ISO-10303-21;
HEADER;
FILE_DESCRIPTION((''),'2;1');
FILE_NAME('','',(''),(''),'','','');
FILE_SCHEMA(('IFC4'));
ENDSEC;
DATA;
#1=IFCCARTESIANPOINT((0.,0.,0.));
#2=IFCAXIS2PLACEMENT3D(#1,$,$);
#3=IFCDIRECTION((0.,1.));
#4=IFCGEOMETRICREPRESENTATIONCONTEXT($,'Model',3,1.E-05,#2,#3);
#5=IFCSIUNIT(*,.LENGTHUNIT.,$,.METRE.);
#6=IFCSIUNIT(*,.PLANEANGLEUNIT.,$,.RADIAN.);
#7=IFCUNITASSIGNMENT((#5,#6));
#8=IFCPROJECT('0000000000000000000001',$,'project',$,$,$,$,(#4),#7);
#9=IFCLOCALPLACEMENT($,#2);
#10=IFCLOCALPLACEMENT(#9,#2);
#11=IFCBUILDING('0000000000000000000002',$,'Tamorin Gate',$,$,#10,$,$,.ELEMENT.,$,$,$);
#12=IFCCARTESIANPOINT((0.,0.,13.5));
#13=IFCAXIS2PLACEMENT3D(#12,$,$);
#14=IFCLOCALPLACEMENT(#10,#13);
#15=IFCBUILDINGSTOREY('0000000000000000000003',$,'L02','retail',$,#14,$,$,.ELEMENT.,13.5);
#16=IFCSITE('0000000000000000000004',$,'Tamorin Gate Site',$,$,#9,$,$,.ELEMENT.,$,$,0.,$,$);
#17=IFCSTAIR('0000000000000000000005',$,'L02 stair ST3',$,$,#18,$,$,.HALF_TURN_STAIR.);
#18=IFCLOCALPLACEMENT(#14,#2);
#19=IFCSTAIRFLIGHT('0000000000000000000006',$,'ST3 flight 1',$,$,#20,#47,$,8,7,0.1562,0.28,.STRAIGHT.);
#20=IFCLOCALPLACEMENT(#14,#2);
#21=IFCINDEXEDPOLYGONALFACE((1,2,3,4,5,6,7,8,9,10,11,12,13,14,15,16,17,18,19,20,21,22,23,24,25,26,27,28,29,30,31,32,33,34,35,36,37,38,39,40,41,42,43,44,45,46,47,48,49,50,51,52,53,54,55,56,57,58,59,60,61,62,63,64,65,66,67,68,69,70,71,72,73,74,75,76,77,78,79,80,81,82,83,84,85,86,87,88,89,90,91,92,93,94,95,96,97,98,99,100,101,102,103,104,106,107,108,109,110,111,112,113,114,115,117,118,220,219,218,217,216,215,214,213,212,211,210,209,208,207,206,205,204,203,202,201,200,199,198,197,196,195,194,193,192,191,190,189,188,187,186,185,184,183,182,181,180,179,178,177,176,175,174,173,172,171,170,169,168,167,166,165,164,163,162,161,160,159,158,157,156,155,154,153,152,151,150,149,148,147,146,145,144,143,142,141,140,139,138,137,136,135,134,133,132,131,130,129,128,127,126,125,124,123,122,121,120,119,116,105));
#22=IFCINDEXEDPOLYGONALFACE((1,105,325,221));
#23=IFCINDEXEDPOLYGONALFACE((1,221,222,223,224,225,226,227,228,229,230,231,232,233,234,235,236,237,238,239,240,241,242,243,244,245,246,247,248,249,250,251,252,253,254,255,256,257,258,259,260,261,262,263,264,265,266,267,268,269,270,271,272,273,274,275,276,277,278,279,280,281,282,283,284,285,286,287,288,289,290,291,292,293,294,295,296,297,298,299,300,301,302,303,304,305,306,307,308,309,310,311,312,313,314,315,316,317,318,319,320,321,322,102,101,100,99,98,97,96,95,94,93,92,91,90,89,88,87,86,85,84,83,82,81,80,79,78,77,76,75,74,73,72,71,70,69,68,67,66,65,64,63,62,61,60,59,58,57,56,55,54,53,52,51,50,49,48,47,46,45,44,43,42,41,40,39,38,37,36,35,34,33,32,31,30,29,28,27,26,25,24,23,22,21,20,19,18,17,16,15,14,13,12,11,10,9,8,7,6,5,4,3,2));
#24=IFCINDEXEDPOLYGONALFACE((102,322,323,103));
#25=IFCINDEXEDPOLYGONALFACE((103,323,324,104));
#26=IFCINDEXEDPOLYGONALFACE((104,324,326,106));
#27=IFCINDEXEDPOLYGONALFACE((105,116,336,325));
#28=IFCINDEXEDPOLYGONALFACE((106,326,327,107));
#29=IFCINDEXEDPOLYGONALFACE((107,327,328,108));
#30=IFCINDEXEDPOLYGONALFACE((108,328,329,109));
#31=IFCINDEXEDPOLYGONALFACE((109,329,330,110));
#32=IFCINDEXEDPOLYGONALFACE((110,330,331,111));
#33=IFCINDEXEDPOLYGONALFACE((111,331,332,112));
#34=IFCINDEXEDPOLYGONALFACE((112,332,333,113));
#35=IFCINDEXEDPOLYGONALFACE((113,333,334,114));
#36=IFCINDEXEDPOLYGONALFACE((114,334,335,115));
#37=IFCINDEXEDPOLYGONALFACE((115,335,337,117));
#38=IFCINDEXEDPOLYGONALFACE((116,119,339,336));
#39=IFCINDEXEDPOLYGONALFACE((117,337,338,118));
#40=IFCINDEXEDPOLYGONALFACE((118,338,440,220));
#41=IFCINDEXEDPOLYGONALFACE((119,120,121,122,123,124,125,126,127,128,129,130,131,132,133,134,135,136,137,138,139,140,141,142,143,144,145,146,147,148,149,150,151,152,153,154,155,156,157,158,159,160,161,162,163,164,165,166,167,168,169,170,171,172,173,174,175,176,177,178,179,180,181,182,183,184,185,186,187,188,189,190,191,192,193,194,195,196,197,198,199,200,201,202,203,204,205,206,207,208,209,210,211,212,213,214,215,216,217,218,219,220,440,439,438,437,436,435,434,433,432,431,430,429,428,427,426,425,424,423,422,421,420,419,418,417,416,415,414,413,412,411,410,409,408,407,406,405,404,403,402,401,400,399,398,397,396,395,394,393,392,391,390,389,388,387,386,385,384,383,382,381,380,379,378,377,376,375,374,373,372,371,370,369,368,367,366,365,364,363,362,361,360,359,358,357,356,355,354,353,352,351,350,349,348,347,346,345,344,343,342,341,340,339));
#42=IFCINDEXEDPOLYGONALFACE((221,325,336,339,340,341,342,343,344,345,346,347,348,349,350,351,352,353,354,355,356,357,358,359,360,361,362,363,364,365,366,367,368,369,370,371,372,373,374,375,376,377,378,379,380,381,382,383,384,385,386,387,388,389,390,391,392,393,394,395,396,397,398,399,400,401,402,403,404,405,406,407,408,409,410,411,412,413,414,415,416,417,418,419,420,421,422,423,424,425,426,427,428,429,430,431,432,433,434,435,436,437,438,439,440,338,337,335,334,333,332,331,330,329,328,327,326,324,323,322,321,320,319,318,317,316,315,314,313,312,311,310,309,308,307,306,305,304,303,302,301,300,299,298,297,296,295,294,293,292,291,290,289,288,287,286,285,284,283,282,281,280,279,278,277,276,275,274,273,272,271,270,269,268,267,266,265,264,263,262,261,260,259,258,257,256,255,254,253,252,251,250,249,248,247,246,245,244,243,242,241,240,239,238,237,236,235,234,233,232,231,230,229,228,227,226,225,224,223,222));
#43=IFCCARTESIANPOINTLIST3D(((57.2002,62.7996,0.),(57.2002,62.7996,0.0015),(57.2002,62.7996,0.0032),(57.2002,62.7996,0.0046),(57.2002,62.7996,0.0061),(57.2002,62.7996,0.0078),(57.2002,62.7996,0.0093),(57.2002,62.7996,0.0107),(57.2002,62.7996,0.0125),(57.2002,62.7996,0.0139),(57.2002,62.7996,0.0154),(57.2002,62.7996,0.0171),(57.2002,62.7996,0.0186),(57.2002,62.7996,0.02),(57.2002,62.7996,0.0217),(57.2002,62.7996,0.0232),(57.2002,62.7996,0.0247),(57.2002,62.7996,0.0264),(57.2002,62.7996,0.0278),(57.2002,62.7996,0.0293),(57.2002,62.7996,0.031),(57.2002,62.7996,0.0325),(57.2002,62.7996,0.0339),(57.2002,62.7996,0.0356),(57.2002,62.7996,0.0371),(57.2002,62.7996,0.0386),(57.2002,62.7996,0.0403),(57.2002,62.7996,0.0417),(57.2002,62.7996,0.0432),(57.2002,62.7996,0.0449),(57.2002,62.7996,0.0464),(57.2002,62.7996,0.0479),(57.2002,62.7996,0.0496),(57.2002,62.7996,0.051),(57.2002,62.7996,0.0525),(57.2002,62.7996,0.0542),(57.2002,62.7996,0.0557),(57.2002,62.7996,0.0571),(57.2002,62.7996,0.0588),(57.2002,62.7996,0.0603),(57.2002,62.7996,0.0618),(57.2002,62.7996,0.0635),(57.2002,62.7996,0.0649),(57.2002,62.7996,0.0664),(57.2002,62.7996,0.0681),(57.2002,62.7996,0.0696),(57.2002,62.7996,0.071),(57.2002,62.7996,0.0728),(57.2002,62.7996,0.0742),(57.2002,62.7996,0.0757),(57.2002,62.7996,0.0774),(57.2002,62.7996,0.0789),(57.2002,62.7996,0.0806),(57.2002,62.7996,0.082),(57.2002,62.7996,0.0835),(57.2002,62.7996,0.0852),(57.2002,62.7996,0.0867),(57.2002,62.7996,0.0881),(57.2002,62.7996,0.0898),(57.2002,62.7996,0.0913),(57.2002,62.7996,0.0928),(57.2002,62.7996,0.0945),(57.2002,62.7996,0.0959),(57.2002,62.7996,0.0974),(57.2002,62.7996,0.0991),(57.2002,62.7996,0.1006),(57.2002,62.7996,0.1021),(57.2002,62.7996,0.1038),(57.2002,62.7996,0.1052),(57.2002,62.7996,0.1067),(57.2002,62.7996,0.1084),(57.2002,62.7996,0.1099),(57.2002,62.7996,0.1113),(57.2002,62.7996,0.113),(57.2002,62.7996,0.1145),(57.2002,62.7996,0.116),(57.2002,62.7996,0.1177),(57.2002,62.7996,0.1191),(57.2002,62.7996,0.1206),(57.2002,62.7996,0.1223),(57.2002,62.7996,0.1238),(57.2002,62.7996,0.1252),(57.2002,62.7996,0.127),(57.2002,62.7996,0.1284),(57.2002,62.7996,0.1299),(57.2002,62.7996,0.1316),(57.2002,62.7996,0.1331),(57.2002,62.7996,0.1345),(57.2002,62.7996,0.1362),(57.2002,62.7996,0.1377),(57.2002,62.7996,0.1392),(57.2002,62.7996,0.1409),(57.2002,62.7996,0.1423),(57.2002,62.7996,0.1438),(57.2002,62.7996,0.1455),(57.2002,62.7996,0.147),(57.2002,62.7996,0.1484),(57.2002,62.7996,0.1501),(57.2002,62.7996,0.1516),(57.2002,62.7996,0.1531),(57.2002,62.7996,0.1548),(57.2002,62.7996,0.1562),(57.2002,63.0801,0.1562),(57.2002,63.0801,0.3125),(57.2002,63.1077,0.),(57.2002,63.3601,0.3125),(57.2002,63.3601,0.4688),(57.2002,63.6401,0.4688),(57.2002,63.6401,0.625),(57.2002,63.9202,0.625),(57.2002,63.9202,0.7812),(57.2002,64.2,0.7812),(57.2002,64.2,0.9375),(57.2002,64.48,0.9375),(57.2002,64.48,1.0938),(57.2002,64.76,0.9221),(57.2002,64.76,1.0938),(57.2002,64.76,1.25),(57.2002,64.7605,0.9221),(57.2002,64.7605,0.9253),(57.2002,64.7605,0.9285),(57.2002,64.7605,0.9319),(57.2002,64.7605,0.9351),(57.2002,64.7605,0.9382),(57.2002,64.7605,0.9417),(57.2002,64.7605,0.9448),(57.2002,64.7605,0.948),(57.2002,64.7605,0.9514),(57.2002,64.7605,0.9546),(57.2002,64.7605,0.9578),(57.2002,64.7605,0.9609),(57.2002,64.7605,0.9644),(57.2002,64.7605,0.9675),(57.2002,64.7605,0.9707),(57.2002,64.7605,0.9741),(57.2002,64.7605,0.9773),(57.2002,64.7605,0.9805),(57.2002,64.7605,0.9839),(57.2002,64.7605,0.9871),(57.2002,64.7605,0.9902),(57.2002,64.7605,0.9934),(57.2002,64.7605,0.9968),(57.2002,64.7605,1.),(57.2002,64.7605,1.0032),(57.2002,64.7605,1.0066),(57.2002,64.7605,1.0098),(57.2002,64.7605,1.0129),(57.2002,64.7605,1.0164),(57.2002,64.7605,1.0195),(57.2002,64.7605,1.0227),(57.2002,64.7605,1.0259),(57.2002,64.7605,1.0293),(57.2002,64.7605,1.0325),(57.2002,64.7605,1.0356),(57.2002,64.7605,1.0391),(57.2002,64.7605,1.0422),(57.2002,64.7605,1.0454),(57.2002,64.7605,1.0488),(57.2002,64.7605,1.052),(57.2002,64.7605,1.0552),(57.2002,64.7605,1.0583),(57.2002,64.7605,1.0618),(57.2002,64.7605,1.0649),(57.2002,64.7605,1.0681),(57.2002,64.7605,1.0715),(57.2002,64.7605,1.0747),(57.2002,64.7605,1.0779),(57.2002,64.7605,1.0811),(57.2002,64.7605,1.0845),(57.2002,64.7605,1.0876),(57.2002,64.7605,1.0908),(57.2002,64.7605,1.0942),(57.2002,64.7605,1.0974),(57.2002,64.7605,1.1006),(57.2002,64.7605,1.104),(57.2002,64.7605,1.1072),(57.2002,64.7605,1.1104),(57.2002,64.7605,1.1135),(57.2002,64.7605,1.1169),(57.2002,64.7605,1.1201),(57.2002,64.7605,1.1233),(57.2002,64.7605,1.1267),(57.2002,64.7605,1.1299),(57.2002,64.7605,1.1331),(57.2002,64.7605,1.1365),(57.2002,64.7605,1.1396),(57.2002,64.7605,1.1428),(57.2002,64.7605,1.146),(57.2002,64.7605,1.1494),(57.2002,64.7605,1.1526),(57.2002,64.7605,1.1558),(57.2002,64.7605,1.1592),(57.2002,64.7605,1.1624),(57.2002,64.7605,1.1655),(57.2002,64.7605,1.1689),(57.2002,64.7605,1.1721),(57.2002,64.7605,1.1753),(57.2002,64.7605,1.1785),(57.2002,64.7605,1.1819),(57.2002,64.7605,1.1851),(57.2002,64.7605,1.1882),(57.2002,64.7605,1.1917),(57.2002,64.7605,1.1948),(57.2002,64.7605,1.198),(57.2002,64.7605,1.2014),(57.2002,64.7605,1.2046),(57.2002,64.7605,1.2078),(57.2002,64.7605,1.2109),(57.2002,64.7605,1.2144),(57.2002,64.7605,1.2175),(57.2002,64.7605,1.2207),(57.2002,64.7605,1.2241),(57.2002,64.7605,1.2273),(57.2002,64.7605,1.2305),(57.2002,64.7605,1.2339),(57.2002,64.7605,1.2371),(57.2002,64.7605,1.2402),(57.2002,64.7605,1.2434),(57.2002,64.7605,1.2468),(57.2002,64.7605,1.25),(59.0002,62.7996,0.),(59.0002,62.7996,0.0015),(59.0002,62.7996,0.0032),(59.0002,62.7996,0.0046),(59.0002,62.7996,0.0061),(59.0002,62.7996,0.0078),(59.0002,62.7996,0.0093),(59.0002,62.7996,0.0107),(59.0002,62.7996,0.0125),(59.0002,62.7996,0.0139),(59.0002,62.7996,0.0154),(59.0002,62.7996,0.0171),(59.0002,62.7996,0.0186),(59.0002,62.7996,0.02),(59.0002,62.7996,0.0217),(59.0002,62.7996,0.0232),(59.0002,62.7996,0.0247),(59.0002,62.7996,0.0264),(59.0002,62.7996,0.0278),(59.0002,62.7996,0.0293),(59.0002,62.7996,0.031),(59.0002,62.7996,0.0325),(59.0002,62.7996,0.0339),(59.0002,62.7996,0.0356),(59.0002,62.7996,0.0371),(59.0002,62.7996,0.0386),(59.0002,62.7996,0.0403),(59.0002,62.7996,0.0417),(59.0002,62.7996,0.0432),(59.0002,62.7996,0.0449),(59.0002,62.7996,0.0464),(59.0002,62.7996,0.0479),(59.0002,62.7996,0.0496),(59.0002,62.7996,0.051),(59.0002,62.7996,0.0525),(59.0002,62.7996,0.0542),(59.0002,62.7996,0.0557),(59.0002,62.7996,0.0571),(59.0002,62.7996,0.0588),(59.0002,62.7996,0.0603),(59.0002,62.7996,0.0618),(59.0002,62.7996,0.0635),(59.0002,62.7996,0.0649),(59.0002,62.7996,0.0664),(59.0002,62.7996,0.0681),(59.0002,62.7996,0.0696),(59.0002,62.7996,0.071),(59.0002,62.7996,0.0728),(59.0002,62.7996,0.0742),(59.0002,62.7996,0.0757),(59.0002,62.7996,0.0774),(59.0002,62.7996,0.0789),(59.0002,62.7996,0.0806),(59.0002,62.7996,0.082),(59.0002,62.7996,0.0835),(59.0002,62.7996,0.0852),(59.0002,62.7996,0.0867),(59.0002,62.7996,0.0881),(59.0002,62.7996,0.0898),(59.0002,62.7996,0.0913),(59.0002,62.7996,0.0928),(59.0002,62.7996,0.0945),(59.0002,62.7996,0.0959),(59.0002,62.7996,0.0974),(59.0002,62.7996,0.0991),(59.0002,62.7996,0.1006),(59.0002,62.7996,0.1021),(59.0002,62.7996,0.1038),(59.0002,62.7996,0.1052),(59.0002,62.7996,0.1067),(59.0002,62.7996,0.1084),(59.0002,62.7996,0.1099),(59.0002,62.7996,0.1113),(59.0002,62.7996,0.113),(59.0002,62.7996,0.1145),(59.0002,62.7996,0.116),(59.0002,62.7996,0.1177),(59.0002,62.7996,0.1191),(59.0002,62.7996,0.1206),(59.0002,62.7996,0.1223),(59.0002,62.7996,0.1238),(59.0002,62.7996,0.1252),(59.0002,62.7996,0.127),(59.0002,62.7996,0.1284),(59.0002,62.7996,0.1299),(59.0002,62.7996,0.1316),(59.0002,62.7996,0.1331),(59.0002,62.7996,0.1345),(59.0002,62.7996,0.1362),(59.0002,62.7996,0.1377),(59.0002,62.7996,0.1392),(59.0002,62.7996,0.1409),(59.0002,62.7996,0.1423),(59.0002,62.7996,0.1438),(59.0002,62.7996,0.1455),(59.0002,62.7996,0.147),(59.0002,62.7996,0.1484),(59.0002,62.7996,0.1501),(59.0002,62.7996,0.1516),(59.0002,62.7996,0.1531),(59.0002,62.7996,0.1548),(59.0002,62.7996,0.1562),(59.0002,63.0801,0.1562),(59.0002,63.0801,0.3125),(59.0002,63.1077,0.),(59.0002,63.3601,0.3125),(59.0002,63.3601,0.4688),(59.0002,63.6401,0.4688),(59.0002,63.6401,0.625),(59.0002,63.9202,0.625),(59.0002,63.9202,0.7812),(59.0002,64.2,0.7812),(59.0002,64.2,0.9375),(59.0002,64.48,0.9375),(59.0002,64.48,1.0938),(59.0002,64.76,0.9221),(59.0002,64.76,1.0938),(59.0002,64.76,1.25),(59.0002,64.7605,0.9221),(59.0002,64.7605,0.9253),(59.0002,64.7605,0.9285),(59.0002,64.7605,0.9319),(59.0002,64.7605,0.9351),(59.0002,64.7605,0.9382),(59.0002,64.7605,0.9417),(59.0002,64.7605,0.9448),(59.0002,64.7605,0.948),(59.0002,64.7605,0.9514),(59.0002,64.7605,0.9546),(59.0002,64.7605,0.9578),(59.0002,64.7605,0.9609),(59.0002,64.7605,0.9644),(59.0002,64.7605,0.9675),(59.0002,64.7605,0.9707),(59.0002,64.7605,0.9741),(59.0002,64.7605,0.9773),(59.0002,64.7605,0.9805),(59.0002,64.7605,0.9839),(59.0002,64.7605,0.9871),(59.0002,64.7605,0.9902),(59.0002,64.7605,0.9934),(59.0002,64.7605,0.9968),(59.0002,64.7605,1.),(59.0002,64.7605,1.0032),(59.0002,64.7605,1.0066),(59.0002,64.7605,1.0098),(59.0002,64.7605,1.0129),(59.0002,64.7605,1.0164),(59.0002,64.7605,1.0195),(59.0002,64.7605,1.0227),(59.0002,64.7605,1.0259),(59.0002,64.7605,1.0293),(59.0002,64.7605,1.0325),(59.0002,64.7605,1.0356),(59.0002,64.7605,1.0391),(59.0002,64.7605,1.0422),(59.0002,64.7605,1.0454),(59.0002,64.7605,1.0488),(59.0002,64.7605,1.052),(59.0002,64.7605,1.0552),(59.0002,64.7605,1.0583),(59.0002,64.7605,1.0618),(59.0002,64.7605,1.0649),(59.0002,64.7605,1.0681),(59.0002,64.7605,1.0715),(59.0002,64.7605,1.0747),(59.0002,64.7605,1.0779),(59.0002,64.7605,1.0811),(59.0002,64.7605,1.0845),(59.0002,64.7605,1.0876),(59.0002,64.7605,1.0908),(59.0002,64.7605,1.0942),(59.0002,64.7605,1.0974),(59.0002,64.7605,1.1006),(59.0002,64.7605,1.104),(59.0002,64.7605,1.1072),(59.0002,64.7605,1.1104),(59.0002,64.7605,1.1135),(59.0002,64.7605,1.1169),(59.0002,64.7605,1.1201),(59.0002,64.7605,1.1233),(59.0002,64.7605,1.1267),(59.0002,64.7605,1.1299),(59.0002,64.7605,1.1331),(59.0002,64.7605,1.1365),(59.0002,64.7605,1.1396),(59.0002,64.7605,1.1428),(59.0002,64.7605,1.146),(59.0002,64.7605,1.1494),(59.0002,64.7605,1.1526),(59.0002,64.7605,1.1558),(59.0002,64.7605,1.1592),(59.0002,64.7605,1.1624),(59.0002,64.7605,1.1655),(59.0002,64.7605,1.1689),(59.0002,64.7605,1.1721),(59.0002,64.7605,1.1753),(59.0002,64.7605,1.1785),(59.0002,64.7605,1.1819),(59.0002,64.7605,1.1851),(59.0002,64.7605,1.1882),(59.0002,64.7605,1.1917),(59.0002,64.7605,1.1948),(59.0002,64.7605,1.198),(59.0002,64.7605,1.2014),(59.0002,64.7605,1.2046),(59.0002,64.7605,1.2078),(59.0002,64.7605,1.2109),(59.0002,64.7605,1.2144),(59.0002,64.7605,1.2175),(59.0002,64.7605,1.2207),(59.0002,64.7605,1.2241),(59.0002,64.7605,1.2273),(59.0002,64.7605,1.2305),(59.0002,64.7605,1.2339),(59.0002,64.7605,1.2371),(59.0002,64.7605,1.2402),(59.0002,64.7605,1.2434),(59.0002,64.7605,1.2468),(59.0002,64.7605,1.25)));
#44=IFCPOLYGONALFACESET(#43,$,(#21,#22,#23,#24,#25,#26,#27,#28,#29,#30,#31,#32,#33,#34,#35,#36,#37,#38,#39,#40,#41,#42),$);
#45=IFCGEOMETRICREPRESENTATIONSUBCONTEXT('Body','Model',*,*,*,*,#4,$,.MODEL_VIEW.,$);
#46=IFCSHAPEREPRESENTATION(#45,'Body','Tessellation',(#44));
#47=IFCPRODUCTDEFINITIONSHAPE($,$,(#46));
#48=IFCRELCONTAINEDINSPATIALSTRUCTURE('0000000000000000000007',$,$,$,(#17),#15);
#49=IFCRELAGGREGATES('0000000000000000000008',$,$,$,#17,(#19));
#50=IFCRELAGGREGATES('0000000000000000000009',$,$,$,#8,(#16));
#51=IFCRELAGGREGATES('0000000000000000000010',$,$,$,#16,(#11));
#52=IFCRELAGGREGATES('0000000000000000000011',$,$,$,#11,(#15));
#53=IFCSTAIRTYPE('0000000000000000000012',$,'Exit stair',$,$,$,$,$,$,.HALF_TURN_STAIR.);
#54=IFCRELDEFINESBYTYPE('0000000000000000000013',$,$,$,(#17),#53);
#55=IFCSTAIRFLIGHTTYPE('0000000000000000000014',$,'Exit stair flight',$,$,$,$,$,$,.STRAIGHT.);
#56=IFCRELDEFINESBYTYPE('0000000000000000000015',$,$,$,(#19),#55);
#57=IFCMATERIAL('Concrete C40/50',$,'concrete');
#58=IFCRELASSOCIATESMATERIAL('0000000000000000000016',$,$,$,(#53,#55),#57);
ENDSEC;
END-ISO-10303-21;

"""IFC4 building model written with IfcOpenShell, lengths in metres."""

from ifc_helpers import new_model, si_unit, direction, frame, origin, place, context, subcontext, project, spatial, polyline, outline, extrude, material, type_object, element, aggregate, save


model = new_model("IFC4")

# Units and contexts
model_context = context("Model", 3, precision=1e-05, world=origin(), true_north=direction((0.0, 1.0)))
body_context = subcontext(model_context, "Body", "Model", "MODEL_VIEW")
ifc_project = project(units=[si_unit("LENGTHUNIT", "METRE"), si_unit("PLANEANGLEUNIT", "RADIAN")], contexts=[model_context])

# Site, building, storey
site_placement = place(None, origin())
site = spatial("IfcSite", under=ifc_project, at=site_placement, Name="Tamorin Gate Site", CompositionType="ELEMENT", RefElevation=0.0)
building_placement = place(site_placement, origin())
building = spatial("IfcBuilding", under=site, at=building_placement, Name="Tamorin Gate", CompositionType="ELEMENT")
storey_placement = place(building_placement, frame((0.0, 0.0, 13.5)))
storey = spatial("IfcBuildingStorey", under=building, at=storey_placement, Name="L02", Description="retail", CompositionType="ELEMENT", Elevation=13.5)

# Stair, stair flight
ifc_material_1 = material(Name="Concrete C40/50", Category="concrete")
stair_type = type_object("IfcStairType", Name="Exit stair", PredefinedType="HALF_TURN_STAIR", material=ifc_material_1)
stair_placement = place(storey_placement, origin())
stair = element("IfcStair", 1, at=stair_placement, inside=storey, type_object=stair_type, Name="L02 stair ST3", PredefinedType="HALF_TURN_STAIR")
stair_flight_type = type_object("IfcStairFlightType", Name="Exit stair flight", PredefinedType="STRAIGHT", material=ifc_material_1)
stair_flight_1_placement = place(storey_placement, frame((58.1001, 62.8, 0.0), z_axis=(0.0, 0.0, 1.0), x_axis=(0.0, 1.0, 0.0)))
stair_flight_1 = element("IfcStairFlight", 2, at=stair_flight_1_placement, type_object=stair_flight_type, Name="ST3 flight 1", NumberOfRisers=8, NumberOfTreads=7, PredefinedType="STRAIGHT", RiserHeight=0.1562, TreadLength=0.28, context=body_context, shape_type="SweptSolid", body=[
    extrude(outline(polyline([(-0.0005, 0.0), (-0.0005, 0.0015), (-0.0005, 0.0032), (-0.0005, 0.0046), (-0.0005, 0.0061), (-0.0005, 0.0078), (-0.0005, 0.0093), (-0.0005, 0.0107), (-0.0005, 0.0125), (-0.0005, 0.0139), (-0.0005, 0.0154), (-0.0005, 0.0171), (-0.0005, 0.0186), (-0.0005, 0.02), (-0.0005, 0.0217), (-0.0005, 0.0232), (-0.0005, 0.0247), (-0.0005, 0.0264), (-0.0005, 0.0278), (-0.0005, 0.0293), (-0.0005, 0.031), (-0.0005, 0.0325), (-0.0005, 0.0339), (-0.0005, 0.0356), (-0.0005, 0.0371), (-0.0005, 0.0386), (-0.0005, 0.0403), (-0.0005, 0.0417), (-0.0005, 0.0432), (-0.0005, 0.0449), (-0.0005, 0.0464), (-0.0005, 0.0479), (-0.0005, 0.0496), (-0.0005, 0.051), (-0.0005, 0.0525), (-0.0005, 0.0542), (-0.0005, 0.0557), (-0.0005, 0.0571), (-0.0005, 0.0588), (-0.0005, 0.0603), (-0.0005, 0.0618), (-0.0005, 0.0635), (-0.0005, 0.0649), (-0.0005, 0.0664), (-0.0005, 0.0681), (-0.0005, 0.0696), (-0.0005, 0.071), (-0.0005, 0.0728), (-0.0005, 0.0742), (-0.0005, 0.0757), (-0.0005, 0.0774), (-0.0005, 0.0789), (-0.0005, 0.0806), (-0.0005, 0.082), (-0.0005, 0.0835), (-0.0005, 0.0852), (-0.0005, 0.0867), (-0.0005, 0.0881), (-0.0005, 0.0898), (-0.0005, 0.0913), (-0.0005, 0.0928), (-0.0005, 0.0945), (-0.0005, 0.0959), (-0.0005, 0.0974), (-0.0005, 0.0991), (-0.0005, 0.1006), (-0.0005, 0.1021), (-0.0005, 0.1038), (-0.0005, 0.1052), (-0.0005, 0.1067), (-0.0005, 0.1084), (-0.0005, 0.1099), (-0.0005, 0.1113), (-0.0005, 0.113), (-0.0005, 0.1145), (-0.0005, 0.116), (-0.0005, 0.1177), (-0.0005, 0.1191), (-0.0005, 0.1206), (-0.0005, 0.1223), (-0.0005, 0.1238), (-0.0005, 0.1252), (-0.0005, 0.127), (-0.0005, 0.1284), (-0.0005, 0.1299), (-0.0005, 0.1316), (-0.0005, 0.1331), (-0.0005, 0.1345), (-0.0005, 0.1362), (-0.0005, 0.1377), (-0.0005, 0.1392), (-0.0005, 0.1409), (-0.0005, 0.1423), (-0.0005, 0.1438), (-0.0005, 0.1455), (-0.0005, 0.147), (-0.0005, 0.1484), (-0.0005, 0.1501), (-0.0005, 0.1516), (-0.0005, 0.1531), (-0.0005, 0.1548), (-0.0005, 0.1562), (0.28, 0.1562), (0.28, 0.3125), (0.5601, 0.3125), (0.5601, 0.4688), (0.8401, 0.4688), (0.8401, 0.625), (1.1201, 0.625), (1.1201, 0.7812), (1.3999, 0.7812), (1.3999, 0.9375), (1.6799, 0.9375), (1.6799, 1.0938), (1.96, 1.0938), (1.96, 1.25), (1.9604, 1.25), (1.9604, 1.2468), (1.9604, 1.2434), (1.9604, 1.2402), (1.9604, 1.2371), (1.9604, 1.2339), (1.9604, 1.2305), (1.9604, 1.2273), (1.9604, 1.2241), (1.9604, 1.2207), (1.9604, 1.2175), (1.9604, 1.2144), (1.9604, 1.2109), (1.9604, 1.2078), (1.9604, 1.2046), (1.9604, 1.2014), (1.9604, 1.198), (1.9604, 1.1948), (1.9604, 1.1917), (1.9604, 1.1882), (1.9604, 1.1851), (1.9604, 1.1819), (1.9604, 1.1785), (1.9604, 1.1753), (1.9604, 1.1721), (1.9604, 1.1689), (1.9604, 1.1655), (1.9604, 1.1624), (1.9604, 1.1592), (1.9604, 1.1558), (1.9604, 1.1526), (1.9604, 1.1494), (1.9604, 1.146), (1.9604, 1.1428), (1.9604, 1.1396), (1.9604, 1.1365), (1.9604, 1.1331), (1.9604, 1.1299), (1.9604, 1.1267), (1.9604, 1.1233), (1.9604, 1.1201), (1.9604, 1.1169), (1.9604, 1.1135), (1.9604, 1.1104), (1.9604, 1.1072), (1.9604, 1.104), (1.9604, 1.1006), (1.9604, 1.0974), (1.9604, 1.0942), (1.9604, 1.0908), (1.9604, 1.0876), (1.9604, 1.0845), (1.9604, 1.0811), (1.9604, 1.0779), (1.9604, 1.0747), (1.9604, 1.0715), (1.9604, 1.0681), (1.9604, 1.0649), (1.9604, 1.0618), (1.9604, 1.0583), (1.9604, 1.0552), (1.9604, 1.052), (1.9604, 1.0488), (1.9604, 1.0454), (1.9604, 1.0422), (1.9604, 1.0391), (1.9604, 1.0356), (1.9604, 1.0325), (1.9604, 1.0293), (1.9604, 1.0259), (1.9604, 1.0227), (1.9604, 1.0195), (1.9604, 1.0164), (1.9604, 1.0129), (1.9604, 1.0098), (1.9604, 1.0066), (1.9604, 1.0032), (1.9604, 1.0), (1.9604, 0.9968), (1.9604, 0.9934), (1.9604, 0.9902), (1.9604, 0.9871), (1.9604, 0.9839), (1.9604, 0.9805), (1.9604, 0.9773), (1.9604, 0.9741), (1.9604, 0.9707), (1.9604, 0.9675), (1.9604, 0.9644), (1.9604, 0.9609), (1.9604, 0.9578), (1.9604, 0.9546), (1.9604, 0.9514), (1.9604, 0.948), (1.9604, 0.9448), (1.9604, 0.9417), (1.9604, 0.9382), (1.9604, 0.9351), (1.9604, 0.9319), (1.9604, 0.9285), (1.9604, 0.9253), (1.9604, 0.9221), (1.96, 0.9221), (0.3076, 0.0), (-0.0005, 0.0)])), frame((0.0, 0.8999, 0.0), z_axis=(0.0, -1.0, 0.0), x_axis=(1.0, 0.0, 0.0)), (0.0, 0.0, 1.0), 1.8),
])
aggregate(stair, [stair_flight_1])

save(model, "model.ifc")
